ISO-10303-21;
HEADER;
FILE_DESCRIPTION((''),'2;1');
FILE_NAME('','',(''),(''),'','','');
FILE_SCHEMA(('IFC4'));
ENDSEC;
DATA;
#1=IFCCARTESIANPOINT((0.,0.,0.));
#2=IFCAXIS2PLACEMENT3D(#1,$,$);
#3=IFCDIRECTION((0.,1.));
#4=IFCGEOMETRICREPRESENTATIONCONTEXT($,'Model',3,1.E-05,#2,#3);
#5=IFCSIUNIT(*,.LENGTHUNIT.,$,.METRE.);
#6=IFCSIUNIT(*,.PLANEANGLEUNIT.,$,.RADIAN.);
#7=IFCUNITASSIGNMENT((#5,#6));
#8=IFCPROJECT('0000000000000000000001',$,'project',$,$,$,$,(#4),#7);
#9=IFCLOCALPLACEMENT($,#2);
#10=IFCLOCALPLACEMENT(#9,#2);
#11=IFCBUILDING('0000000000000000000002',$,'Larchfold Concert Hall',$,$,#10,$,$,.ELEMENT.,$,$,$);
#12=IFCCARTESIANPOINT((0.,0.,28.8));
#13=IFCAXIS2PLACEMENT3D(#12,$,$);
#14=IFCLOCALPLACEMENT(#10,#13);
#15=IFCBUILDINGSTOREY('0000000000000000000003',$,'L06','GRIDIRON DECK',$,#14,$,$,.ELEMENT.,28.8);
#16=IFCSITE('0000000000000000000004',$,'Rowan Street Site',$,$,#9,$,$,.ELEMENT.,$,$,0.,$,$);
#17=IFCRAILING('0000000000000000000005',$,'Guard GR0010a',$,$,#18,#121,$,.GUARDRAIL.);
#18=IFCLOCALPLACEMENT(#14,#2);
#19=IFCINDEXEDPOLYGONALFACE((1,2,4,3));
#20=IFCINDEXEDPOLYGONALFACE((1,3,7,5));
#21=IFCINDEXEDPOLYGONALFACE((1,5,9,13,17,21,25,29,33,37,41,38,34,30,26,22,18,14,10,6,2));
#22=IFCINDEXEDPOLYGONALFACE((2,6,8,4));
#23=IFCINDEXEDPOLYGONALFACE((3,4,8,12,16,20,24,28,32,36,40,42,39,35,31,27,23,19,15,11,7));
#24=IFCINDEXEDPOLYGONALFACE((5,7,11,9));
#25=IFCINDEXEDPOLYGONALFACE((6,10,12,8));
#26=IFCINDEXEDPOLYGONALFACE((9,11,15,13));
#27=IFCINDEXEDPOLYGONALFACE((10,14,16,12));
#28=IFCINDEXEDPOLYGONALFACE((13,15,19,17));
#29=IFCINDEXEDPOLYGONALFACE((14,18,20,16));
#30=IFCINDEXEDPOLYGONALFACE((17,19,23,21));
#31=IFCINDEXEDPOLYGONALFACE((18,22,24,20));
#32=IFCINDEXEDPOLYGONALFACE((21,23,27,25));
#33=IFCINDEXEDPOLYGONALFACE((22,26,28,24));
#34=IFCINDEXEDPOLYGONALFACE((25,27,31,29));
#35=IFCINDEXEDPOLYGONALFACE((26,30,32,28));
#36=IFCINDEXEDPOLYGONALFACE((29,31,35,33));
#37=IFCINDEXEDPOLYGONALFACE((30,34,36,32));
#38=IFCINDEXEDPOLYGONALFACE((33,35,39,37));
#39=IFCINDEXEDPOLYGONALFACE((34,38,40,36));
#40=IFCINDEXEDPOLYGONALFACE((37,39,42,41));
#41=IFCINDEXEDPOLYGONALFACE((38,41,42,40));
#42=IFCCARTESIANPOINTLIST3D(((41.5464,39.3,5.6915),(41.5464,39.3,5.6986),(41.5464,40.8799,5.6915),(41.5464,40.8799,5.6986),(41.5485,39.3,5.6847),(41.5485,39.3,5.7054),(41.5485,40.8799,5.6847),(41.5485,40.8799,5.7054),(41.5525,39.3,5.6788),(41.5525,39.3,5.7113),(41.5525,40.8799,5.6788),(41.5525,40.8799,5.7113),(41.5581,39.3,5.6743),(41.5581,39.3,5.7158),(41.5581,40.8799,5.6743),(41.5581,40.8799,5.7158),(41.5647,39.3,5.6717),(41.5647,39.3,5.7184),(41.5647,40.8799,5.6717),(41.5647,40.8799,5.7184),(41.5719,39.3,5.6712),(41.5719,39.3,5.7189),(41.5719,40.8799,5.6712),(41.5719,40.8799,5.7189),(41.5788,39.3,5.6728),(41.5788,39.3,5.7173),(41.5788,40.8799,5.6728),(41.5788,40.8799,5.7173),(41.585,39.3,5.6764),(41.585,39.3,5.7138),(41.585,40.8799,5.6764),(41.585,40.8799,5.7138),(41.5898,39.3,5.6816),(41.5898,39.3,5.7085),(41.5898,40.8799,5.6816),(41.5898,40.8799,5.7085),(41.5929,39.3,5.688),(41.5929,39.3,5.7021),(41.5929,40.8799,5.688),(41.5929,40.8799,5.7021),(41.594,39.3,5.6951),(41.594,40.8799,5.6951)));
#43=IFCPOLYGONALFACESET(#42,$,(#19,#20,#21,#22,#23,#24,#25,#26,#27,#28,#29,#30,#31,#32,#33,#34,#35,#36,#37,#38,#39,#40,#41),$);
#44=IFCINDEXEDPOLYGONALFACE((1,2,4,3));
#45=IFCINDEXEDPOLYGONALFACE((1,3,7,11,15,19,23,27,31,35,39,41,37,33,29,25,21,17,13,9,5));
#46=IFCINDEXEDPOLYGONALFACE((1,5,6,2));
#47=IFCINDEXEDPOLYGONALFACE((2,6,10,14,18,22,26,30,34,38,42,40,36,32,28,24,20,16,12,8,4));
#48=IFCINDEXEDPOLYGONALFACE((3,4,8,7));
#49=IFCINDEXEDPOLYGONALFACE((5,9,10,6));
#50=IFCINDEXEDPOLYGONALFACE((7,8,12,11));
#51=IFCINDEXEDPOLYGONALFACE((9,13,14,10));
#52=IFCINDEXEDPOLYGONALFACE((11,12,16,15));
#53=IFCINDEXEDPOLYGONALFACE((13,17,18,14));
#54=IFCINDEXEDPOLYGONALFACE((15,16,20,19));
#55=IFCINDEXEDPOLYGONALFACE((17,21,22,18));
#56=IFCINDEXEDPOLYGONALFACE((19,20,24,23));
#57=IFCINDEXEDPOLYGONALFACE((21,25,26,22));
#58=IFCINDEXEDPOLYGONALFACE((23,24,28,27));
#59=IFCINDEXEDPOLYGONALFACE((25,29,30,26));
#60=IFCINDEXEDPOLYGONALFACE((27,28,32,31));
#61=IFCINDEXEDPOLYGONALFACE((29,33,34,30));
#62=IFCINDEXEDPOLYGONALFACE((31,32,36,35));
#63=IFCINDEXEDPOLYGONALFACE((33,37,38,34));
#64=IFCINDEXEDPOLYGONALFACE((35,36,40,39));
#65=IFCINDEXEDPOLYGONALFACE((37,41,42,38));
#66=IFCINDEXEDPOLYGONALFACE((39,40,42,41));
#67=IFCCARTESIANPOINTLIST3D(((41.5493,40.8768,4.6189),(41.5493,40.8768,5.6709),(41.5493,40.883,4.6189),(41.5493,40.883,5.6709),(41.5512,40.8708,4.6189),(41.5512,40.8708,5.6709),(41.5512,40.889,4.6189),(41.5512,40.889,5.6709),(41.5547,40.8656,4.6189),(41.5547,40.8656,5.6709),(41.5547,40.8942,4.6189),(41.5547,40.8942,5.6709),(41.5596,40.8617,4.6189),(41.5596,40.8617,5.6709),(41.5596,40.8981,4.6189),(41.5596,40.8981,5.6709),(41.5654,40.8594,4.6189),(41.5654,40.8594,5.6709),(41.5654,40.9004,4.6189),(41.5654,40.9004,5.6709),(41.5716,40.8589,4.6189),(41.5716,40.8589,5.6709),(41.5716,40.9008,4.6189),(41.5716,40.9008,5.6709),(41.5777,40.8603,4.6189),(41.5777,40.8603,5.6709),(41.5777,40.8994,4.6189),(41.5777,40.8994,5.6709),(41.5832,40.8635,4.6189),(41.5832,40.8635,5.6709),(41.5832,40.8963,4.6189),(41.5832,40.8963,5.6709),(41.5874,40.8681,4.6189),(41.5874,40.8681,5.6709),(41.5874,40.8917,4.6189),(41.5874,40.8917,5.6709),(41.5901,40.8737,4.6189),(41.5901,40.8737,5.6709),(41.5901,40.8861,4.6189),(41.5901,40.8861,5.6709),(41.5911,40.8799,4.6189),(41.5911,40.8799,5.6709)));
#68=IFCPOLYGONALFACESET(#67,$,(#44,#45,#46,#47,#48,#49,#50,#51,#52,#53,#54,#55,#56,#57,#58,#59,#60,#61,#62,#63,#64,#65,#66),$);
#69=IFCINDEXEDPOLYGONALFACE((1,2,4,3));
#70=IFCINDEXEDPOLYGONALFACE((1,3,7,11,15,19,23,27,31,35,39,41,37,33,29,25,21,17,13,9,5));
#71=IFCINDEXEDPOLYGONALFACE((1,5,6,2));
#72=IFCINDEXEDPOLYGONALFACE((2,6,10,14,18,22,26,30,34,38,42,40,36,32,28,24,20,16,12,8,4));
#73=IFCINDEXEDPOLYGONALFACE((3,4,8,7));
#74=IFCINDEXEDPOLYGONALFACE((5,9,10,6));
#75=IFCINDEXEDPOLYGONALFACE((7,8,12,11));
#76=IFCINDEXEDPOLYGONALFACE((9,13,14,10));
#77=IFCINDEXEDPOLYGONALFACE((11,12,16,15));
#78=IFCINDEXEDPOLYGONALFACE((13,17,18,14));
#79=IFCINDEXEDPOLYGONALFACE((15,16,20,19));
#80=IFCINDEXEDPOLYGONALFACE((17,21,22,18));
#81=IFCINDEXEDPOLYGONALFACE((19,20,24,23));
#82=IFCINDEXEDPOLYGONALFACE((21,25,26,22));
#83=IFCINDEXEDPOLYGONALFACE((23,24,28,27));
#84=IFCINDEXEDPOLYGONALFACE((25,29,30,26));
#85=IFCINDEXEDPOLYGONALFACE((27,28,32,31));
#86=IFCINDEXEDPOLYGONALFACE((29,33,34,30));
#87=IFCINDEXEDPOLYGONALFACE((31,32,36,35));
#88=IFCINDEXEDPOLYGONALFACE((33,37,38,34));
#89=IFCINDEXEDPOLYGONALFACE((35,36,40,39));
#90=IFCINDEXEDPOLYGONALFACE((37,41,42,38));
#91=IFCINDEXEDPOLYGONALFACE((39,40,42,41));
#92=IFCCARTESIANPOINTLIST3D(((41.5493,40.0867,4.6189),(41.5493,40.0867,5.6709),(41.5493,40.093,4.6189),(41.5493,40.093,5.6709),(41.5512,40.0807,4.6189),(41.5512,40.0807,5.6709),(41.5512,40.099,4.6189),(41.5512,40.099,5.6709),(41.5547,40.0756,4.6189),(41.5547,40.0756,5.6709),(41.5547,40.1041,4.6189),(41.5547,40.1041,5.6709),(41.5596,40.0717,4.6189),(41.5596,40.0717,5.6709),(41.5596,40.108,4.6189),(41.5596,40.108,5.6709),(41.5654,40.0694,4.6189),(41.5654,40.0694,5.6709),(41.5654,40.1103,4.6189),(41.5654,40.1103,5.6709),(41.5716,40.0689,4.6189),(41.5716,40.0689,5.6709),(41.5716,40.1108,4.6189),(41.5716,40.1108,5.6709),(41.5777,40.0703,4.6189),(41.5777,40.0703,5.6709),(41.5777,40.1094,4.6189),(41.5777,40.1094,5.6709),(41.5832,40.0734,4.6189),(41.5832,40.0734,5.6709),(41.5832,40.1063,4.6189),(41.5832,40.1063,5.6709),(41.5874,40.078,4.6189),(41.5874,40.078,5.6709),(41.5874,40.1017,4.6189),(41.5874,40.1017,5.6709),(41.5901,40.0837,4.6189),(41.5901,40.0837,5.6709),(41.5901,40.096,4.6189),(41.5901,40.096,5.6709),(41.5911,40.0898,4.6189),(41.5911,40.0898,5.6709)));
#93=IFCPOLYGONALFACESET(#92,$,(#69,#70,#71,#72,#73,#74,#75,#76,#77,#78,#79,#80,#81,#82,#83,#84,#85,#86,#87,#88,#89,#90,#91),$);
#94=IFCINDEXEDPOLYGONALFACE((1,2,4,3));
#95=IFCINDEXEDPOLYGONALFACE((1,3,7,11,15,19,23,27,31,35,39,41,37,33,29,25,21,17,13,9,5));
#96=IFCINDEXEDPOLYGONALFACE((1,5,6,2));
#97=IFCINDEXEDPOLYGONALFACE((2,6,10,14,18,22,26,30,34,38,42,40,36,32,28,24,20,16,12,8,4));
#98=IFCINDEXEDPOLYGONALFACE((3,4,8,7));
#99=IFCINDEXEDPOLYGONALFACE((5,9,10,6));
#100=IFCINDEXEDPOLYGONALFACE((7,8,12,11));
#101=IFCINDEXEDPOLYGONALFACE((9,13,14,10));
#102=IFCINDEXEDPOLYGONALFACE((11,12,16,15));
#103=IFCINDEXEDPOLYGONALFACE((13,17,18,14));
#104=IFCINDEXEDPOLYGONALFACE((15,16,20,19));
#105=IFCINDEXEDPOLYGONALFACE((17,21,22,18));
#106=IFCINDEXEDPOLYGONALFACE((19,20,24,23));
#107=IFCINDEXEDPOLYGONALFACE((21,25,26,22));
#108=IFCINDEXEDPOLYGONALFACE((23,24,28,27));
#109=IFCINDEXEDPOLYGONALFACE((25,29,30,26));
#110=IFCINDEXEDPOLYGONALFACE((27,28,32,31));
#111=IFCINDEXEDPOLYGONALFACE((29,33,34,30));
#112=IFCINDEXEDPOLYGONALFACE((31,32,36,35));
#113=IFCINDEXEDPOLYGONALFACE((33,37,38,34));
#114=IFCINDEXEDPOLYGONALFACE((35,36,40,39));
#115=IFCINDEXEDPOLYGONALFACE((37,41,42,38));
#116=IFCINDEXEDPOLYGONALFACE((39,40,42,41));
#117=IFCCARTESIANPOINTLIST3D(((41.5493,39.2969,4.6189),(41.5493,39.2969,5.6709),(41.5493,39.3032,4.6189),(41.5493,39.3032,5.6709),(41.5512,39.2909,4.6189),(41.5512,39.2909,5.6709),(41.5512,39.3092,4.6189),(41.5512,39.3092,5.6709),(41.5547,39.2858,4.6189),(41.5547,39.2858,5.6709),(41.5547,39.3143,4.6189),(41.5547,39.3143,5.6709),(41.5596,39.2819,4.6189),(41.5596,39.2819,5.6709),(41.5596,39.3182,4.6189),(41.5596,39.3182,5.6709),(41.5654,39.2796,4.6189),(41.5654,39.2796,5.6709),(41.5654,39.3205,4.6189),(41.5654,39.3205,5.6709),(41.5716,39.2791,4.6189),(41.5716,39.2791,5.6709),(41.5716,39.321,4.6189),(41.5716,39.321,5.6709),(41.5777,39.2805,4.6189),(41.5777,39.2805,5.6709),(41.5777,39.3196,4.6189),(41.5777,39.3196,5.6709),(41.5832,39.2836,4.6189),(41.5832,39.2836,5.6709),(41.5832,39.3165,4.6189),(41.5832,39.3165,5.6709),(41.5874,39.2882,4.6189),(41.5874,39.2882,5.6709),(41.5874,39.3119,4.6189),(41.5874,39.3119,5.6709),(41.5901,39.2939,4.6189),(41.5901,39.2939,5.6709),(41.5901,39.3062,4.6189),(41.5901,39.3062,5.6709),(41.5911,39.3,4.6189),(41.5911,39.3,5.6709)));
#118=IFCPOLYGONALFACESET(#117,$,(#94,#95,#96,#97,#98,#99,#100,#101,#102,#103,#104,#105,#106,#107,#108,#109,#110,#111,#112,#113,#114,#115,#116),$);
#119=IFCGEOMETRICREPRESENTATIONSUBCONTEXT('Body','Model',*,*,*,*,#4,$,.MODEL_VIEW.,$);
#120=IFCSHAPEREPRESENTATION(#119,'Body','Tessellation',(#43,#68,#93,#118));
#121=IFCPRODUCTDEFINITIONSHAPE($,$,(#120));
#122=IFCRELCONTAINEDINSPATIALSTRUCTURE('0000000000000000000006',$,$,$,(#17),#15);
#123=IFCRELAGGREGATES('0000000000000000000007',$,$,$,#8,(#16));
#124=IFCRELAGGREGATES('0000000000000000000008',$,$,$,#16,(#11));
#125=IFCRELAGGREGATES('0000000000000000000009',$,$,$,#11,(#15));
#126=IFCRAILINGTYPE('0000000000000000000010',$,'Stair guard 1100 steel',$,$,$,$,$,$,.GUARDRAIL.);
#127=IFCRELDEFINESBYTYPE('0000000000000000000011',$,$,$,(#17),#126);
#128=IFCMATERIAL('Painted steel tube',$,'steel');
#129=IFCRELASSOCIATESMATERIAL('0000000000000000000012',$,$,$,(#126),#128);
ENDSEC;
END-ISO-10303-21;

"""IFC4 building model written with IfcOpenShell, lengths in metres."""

from ifc_helpers import new_model, si_unit, direction, frame, origin, origin_2d, place, context, subcontext, project, spatial, circle, extrude, material, type_object, element, save


model = new_model("IFC4")

# Units and contexts
model_context = context("Model", 3, precision=1e-05, world=origin(), true_north=direction((0.0, 1.0)))
body_context = subcontext(model_context, "Body", "Model", "MODEL_VIEW")
ifc_project = project(units=[si_unit("LENGTHUNIT", "METRE"), si_unit("PLANEANGLEUNIT", "RADIAN")], contexts=[model_context])

# Site, building, storey
site_placement = place(None, origin())
site = spatial("IfcSite", under=ifc_project, at=site_placement, Name="Rowan Street Site", CompositionType="ELEMENT", RefElevation=0.0)
building_placement = place(site_placement, origin())
building = spatial("IfcBuilding", under=site, at=building_placement, Name="Larchfold Concert Hall", CompositionType="ELEMENT")
storey_placement = place(building_placement, frame((0.0, 0.0, 28.8)))
storey = spatial("IfcBuildingStorey", under=building, at=storey_placement, Name="L06", Description="GRIDIRON DECK", CompositionType="ELEMENT", Elevation=28.8)

# Railing
ifc_material_1 = material(Name="Painted steel tube", Category="steel")
railing_type_1 = type_object("IfcRailingType", Name="Stair guard 1100 steel", PredefinedType="GUARDRAIL", material=ifc_material_1)
railing_1_placement = place(storey_placement, frame((41.5701, 40.8799, 4.6189)))
element("IfcRailing", 1, at=railing_1_placement, inside=storey, type_object=railing_type_1, Name="Guard GR0010a", PredefinedType="GUARDRAIL", context=body_context, shape_type="SweptSolid", body=[
    extrude(circle(Radius=0.0239, at=origin_2d()), frame((0.0, 0.0, 1.0762), z_axis=(0.0, -1.0, 0.0), x_axis=(1.0, 0.0, 0.0)), (0.0, 0.0, 1.0), 1.5798),
    extrude(circle(Radius=0.021, at=origin_2d()), origin(), (0.0, 0.0, 1.0), 1.052),
    extrude(circle(Radius=0.021, at=origin_2d()), frame((0.0, -0.79, 0.0)), (0.0, 0.0, 1.0), 1.052),
    extrude(circle(Radius=0.021, at=origin_2d()), frame((0.0, -1.5798, 0.0)), (0.0, 0.0, 1.0), 1.052),
])

save(model, "model.ifc")
